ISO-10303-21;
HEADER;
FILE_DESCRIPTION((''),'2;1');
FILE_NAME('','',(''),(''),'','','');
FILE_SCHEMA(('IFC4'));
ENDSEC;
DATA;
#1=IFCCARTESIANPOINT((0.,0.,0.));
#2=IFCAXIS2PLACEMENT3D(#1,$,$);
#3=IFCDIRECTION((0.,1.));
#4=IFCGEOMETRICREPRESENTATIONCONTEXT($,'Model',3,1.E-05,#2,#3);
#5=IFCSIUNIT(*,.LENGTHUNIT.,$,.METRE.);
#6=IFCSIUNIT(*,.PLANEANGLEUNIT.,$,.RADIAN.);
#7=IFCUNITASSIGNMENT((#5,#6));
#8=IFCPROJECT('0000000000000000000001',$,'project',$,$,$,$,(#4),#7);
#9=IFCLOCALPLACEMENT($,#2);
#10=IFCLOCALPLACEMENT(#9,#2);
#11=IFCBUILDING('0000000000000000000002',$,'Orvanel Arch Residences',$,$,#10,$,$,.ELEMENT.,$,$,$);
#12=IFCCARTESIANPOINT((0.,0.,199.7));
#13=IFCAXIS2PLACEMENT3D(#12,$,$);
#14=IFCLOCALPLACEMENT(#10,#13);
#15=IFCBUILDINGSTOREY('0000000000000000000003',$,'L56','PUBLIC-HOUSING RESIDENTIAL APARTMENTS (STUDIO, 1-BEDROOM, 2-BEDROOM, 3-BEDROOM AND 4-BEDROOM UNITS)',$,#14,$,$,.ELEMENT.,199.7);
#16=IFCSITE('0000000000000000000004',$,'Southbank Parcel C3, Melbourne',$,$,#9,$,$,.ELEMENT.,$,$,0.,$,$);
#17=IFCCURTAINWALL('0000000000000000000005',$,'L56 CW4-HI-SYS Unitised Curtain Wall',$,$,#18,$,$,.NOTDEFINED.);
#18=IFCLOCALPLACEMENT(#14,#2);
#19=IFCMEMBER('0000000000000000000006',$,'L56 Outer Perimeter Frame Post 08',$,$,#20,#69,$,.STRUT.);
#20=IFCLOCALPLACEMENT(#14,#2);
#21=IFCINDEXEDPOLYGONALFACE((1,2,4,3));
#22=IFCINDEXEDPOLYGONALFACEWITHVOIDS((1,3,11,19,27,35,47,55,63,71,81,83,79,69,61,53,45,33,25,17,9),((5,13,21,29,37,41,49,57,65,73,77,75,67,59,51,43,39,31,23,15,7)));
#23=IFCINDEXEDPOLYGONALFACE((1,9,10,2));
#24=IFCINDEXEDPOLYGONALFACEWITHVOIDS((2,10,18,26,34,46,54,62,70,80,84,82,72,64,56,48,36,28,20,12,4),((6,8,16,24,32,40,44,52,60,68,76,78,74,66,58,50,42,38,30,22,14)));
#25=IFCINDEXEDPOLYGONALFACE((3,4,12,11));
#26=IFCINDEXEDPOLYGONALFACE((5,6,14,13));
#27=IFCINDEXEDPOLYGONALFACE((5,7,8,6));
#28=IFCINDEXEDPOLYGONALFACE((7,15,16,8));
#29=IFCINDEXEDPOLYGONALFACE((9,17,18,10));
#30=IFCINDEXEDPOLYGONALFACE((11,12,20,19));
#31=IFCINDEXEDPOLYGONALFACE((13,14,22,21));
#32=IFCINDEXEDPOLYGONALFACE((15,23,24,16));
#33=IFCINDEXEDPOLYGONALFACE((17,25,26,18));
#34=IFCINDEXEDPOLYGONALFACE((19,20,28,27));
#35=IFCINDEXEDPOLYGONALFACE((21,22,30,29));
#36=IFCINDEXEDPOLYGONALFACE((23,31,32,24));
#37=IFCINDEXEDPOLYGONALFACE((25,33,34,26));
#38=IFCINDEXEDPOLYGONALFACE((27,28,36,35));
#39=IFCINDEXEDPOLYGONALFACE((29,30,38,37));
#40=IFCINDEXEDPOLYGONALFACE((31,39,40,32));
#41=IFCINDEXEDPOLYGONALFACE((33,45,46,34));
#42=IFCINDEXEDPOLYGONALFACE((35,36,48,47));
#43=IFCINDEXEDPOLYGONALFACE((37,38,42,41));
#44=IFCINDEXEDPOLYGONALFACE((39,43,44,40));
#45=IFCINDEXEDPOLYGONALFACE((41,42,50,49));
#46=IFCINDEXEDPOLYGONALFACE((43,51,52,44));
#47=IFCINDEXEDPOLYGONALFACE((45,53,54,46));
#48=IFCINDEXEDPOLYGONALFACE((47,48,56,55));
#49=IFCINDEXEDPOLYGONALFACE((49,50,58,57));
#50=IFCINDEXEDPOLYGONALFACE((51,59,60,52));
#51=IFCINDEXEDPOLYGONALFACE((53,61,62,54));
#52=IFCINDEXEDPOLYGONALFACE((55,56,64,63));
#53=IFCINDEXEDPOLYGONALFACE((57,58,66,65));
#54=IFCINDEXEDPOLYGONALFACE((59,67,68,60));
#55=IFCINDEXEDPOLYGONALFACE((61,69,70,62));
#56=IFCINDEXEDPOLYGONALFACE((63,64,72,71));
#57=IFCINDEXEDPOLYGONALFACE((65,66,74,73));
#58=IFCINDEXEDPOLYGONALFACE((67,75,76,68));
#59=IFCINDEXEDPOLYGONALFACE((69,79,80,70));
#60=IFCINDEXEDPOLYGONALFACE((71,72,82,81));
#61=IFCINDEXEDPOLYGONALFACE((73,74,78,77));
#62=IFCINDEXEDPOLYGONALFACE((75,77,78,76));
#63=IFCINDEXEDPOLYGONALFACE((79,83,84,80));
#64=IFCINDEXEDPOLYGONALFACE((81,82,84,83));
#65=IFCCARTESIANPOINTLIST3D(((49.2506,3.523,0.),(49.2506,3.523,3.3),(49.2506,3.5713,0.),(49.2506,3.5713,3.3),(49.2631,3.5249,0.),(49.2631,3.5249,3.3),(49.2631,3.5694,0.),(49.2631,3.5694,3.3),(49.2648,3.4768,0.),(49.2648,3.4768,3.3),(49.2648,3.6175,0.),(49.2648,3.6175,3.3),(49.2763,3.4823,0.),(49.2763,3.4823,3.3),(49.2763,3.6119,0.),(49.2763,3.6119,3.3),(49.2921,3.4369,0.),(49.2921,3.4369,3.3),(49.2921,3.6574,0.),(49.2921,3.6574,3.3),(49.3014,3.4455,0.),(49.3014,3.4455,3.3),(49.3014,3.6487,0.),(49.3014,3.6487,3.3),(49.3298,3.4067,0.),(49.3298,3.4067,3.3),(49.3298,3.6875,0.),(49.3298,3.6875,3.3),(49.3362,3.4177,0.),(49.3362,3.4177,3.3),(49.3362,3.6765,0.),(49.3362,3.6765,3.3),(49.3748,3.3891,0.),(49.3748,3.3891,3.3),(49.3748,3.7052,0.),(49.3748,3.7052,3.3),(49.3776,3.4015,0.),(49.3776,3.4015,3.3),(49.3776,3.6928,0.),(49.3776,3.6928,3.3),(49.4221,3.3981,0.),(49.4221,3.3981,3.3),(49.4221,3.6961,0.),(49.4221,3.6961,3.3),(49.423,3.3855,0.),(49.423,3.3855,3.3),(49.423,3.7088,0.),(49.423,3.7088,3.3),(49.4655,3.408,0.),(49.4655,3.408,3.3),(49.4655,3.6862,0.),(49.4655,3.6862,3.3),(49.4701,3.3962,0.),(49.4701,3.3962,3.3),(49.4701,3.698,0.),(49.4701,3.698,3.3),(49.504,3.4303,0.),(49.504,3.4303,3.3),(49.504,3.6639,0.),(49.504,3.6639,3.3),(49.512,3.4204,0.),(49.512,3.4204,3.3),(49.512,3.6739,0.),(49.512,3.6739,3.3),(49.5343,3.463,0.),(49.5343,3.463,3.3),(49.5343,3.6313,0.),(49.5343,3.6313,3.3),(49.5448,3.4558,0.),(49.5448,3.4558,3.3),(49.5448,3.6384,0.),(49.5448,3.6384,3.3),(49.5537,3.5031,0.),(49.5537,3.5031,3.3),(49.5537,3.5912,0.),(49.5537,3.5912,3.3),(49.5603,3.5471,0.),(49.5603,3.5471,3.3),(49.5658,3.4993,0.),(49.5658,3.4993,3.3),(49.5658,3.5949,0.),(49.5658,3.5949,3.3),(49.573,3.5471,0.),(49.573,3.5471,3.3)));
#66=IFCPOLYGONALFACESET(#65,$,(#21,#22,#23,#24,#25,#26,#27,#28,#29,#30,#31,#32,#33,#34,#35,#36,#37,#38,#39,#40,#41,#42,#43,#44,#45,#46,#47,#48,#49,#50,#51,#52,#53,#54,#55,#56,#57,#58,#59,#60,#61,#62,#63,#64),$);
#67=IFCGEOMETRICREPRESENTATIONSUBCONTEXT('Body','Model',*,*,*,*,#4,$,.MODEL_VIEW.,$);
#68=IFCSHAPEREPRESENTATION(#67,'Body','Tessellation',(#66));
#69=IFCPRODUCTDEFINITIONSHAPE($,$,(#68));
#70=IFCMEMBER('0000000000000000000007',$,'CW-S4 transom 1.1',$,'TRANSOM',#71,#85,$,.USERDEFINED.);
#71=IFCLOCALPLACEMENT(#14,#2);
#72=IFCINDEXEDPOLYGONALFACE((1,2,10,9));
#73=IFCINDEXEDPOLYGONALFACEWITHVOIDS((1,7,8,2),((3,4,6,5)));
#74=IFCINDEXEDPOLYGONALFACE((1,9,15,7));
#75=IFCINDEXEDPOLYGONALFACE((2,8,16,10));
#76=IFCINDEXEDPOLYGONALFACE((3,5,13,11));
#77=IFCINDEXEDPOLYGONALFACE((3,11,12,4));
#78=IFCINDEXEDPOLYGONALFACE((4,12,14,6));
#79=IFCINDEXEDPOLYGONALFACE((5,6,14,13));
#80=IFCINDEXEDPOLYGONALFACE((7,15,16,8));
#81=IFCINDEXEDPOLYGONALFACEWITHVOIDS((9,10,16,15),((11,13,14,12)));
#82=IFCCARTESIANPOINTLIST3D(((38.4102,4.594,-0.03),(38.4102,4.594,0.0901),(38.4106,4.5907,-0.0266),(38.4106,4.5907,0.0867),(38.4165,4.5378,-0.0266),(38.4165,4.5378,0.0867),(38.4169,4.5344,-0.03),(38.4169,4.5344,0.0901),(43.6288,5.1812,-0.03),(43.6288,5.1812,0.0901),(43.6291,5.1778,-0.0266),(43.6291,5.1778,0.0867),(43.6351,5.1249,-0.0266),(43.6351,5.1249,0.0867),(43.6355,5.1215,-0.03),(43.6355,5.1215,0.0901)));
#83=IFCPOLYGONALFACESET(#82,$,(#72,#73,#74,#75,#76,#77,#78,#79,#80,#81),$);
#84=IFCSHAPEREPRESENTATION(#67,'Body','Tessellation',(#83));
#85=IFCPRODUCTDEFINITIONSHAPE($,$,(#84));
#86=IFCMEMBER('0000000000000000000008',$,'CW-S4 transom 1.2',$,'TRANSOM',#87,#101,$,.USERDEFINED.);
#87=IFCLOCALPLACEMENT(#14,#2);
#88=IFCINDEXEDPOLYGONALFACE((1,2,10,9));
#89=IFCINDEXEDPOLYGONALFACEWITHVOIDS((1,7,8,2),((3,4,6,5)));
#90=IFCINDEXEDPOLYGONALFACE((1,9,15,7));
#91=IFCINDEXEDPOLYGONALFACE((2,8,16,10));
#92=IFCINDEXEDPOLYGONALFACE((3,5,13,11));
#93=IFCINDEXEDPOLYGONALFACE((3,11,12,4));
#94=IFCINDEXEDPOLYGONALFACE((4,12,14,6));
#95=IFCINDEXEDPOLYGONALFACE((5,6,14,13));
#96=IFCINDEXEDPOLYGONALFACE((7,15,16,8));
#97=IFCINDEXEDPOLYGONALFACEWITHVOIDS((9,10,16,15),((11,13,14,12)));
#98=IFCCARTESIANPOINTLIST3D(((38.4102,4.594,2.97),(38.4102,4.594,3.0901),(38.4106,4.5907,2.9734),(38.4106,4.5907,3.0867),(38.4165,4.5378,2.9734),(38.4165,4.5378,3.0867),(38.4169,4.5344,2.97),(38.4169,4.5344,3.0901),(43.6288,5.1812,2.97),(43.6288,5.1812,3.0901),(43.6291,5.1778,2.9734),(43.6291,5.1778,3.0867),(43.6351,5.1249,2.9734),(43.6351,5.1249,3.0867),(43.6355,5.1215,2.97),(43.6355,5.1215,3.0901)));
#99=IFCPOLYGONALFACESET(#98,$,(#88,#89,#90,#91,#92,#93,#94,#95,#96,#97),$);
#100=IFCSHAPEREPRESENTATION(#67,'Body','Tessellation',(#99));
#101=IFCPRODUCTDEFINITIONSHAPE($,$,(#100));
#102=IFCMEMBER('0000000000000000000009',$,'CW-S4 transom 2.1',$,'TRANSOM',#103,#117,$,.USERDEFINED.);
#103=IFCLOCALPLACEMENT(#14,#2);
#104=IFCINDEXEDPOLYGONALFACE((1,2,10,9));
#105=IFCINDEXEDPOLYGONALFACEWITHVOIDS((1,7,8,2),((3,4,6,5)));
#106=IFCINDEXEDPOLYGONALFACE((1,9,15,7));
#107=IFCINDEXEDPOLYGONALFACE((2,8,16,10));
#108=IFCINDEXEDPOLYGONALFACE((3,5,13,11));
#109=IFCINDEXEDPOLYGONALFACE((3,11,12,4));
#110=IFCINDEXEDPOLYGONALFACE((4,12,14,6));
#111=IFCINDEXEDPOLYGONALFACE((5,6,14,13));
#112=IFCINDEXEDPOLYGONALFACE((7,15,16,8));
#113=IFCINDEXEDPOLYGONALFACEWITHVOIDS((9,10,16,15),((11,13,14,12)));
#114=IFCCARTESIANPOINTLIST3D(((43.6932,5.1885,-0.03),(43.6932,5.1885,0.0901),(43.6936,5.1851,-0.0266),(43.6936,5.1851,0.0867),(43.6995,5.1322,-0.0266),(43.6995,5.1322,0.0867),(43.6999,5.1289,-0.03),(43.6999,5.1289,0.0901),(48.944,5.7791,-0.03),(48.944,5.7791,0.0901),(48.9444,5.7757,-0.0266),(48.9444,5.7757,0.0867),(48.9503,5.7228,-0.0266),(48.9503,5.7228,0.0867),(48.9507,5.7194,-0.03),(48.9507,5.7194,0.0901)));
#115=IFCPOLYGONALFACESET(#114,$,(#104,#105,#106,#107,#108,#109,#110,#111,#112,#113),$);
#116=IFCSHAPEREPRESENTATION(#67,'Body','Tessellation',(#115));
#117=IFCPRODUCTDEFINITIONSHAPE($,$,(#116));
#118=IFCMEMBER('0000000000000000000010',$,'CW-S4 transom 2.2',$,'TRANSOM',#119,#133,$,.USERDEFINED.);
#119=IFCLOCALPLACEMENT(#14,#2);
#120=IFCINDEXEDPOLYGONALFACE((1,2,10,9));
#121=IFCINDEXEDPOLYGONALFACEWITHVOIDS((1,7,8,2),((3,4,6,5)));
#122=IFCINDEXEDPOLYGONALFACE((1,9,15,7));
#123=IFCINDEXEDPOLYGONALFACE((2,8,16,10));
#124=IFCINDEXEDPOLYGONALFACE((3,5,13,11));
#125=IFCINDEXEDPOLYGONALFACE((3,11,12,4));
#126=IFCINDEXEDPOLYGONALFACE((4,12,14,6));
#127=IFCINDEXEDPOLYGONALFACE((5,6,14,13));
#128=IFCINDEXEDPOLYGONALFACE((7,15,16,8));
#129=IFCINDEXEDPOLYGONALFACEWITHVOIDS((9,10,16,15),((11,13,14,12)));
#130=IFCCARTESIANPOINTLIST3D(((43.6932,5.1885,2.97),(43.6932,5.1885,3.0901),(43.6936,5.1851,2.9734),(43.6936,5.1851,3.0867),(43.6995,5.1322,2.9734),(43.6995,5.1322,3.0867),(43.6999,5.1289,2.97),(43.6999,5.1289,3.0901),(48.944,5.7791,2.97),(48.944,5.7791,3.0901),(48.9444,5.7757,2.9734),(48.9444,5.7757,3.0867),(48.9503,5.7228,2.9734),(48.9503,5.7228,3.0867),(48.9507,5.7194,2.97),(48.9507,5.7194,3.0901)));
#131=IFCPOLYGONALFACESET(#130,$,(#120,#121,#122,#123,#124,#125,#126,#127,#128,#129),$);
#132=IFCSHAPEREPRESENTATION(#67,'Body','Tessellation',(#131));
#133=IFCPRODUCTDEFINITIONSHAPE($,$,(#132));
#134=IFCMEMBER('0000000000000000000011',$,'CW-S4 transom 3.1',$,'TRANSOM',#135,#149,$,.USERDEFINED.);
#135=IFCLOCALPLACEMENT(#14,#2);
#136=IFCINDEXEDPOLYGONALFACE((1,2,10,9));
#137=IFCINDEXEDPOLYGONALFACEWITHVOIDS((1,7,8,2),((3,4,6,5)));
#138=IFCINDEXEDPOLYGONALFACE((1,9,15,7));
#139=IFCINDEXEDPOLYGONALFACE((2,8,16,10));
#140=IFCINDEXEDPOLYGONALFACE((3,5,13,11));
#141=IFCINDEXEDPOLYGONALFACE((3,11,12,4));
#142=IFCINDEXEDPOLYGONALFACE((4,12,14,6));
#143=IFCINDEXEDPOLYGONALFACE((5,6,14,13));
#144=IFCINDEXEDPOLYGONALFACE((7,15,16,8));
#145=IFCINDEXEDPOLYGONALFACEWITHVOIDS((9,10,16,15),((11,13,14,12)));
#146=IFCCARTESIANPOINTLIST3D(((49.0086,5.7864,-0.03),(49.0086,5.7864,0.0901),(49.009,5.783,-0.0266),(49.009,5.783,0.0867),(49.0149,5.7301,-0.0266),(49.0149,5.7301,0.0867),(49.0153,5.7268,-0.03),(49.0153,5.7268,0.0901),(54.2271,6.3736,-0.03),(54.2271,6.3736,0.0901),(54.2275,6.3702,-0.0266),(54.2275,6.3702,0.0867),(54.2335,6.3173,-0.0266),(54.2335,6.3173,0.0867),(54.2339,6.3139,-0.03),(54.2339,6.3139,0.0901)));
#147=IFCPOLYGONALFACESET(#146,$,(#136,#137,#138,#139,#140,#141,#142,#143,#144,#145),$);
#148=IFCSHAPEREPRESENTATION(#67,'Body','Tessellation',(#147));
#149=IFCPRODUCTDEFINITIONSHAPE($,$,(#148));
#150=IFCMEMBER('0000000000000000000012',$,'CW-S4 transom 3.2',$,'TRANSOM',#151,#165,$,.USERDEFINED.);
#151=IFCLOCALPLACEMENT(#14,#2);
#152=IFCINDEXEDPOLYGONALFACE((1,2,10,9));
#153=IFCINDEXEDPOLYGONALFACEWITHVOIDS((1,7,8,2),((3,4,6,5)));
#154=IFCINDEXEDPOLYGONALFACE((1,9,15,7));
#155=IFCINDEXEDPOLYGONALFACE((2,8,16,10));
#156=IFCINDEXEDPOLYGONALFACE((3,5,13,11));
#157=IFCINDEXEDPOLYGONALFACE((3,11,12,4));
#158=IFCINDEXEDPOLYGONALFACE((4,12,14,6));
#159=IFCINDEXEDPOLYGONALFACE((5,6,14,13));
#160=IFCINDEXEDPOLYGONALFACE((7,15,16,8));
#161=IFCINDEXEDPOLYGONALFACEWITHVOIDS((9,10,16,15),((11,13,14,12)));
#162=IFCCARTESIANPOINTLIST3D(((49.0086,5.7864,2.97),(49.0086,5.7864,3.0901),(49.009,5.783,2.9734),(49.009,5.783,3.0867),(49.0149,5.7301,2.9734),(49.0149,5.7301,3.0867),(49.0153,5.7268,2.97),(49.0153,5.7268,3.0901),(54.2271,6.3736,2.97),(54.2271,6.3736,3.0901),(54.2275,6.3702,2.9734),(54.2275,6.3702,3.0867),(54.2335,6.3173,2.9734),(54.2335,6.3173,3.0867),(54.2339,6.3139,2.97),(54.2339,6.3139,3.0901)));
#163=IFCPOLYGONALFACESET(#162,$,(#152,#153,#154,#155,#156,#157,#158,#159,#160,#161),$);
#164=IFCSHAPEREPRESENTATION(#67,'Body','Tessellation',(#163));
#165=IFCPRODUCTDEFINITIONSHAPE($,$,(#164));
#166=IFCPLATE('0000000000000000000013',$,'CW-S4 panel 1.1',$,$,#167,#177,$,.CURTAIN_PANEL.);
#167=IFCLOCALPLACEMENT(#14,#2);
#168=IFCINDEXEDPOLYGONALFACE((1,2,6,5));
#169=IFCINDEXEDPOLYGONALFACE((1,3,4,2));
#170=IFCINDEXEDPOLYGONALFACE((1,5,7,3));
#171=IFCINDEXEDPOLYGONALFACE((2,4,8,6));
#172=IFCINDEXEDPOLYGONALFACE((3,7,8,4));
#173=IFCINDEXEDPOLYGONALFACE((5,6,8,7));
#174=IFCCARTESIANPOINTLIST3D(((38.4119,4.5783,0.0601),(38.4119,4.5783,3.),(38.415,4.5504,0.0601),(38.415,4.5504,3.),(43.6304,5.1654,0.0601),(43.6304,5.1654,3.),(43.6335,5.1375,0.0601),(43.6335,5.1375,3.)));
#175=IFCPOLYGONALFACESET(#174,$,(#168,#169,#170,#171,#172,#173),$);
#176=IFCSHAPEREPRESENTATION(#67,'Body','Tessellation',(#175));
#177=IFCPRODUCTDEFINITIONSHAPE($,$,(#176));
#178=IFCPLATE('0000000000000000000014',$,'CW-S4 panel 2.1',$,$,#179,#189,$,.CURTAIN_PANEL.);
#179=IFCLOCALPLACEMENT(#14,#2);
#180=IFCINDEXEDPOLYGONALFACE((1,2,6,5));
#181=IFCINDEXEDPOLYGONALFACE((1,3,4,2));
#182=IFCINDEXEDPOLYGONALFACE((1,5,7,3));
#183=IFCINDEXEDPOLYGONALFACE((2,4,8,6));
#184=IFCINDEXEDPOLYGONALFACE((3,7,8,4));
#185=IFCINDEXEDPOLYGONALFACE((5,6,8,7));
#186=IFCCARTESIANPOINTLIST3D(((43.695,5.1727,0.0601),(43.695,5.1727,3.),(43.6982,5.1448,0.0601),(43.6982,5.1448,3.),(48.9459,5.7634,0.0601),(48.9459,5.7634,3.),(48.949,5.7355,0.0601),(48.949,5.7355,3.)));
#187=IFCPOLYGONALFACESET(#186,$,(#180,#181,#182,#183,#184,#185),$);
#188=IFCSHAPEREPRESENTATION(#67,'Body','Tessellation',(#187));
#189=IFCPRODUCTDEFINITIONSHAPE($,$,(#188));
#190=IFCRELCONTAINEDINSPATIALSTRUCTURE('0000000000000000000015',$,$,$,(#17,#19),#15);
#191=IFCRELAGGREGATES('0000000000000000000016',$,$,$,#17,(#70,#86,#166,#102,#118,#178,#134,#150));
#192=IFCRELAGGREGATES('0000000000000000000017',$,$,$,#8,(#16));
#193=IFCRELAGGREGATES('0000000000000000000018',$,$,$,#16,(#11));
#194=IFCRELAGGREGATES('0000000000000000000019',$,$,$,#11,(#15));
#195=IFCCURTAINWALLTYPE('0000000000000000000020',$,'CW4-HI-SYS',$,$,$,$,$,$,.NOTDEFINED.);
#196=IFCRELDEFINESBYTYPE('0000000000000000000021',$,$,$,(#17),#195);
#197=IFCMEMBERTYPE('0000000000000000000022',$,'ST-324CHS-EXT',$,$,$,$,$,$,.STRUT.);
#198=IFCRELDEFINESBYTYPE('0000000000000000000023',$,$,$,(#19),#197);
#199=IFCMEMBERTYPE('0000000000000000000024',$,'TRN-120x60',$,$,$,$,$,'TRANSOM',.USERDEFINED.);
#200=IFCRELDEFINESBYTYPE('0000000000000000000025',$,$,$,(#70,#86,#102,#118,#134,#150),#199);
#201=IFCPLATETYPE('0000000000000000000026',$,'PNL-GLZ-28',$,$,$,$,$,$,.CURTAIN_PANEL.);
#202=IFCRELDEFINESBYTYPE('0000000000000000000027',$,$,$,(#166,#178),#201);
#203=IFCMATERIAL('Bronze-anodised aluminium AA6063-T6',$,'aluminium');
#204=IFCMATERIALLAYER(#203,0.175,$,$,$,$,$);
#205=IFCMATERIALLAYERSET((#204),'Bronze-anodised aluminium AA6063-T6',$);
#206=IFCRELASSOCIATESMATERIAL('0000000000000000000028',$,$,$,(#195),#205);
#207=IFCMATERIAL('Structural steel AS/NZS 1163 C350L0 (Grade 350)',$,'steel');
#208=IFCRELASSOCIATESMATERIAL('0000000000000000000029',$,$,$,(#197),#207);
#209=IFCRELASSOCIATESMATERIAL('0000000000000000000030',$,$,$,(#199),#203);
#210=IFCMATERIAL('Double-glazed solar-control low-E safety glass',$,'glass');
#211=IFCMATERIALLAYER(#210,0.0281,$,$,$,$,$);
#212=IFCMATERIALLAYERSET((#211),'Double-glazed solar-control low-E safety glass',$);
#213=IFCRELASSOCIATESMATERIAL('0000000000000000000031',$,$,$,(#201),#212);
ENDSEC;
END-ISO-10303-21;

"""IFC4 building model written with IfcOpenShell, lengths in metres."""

from ifc_helpers import new_model, si_unit, direction, frame, origin, origin_2d, place, context, subcontext, project, spatial, rectangle, hollow_rectangle, hollow_circle, extrude, material, layer, layer_set, material_profile, profile_set, type_object, element, aggregate, save


model = new_model("IFC4")

# Units and contexts
model_context = context("Model", 3, precision=1e-05, world=origin(), true_north=direction((0.0, 1.0)))
body_context = subcontext(model_context, "Body", "Model", "MODEL_VIEW")
ifc_project = project(units=[si_unit("LENGTHUNIT", "METRE"), si_unit("PLANEANGLEUNIT", "RADIAN")], contexts=[model_context])

# Site, building, storey
site_placement = place(None, origin())
site = spatial("IfcSite", under=ifc_project, at=site_placement, Name="Southbank Parcel C3, Melbourne", CompositionType="ELEMENT", RefElevation=0.0)
building_placement = place(site_placement, origin())
building = spatial("IfcBuilding", under=site, at=building_placement, Name="Orvanel Arch Residences", CompositionType="ELEMENT")
storey_placement = place(building_placement, frame((0.0, 0.0, 199.7)))
storey = spatial("IfcBuildingStorey", under=building, at=storey_placement, Name="L56", Description="PUBLIC-HOUSING RESIDENTIAL APARTMENTS (STUDIO, 1-BEDROOM, 2-BEDROOM, 3-BEDROOM AND 4-BEDROOM UNITS)", CompositionType="ELEMENT", Elevation=199.7)

# Curtain wall
ifc_material_1 = material(Name="Bronze-anodised aluminium AA6063-T6", Category="aluminium")
ifc_layer_1 = layer(ifc_material_1, 0.175)
ifc_layer_set_1 = layer_set([ifc_layer_1], Name="Bronze-anodised aluminium AA6063-T6")
curtain_wall_type = type_object("IfcCurtainWallType", Name="CW4-HI-SYS", PredefinedType="NOTDEFINED", material=ifc_layer_set_1)
curtain_wall_placement = place(storey_placement, origin())
curtain_wall = element("IfcCurtainWall", 1, at=curtain_wall_placement, inside=storey, type_object=curtain_wall_type, Name="L56 CW4-HI-SYS Unitised Curtain Wall", PredefinedType="NOTDEFINED")

# Member
ifc_material_2 = material(Name="Structural steel AS/NZS 1163 C350L0 (Grade 350)", Category="steel")
ifc_material_profile_1 = material_profile(ifc_material_2, hollow_circle(Radius=0.1621, WallThickness=0.0127, at=origin_2d()), Name="CHS324x12.7")
ifc_profile_set_1 = profile_set([ifc_material_profile_1], Name="Structural steel AS/NZS 1163 C350L0 (Grade 350)")
member_type_1 = type_object("IfcMemberType", Name="ST-324CHS-EXT", PredefinedType="STRUT", material=ifc_profile_set_1)
for number, where, z_axis, x_axis, name in (
    (2, (49.4109, 3.5471, 0.0), (0.0, 0.0, 1.0), (1.0, 0.0, 0.0), "L56 Outer Perimeter Frame Post 08"),
):
    element("IfcMember", number, at=place(storey_placement, frame(where, z_axis=z_axis, x_axis=x_axis)), inside=storey, type_object=member_type_1, Name=name, PredefinedType="STRUT", context=body_context, shape_type="SweptSolid", body=[
        extrude(hollow_circle(Radius=0.1621, WallThickness=0.0127, at=origin_2d()), origin(), (0.0, 0.0, 1.0), 3.3),
    ])

# Members
ifc_material_profile_2 = material_profile(ifc_material_1, hollow_rectangle(XDim=0.0601, YDim=0.1201, WallThickness=0.0034, at=origin_2d()), Name="ALU120x60x3.5")
ifc_profile_set_2 = profile_set([ifc_material_profile_2], Name="Bronze-anodised aluminium AA6063-T6")
member_type_2 = type_object("IfcMemberType", Name="TRN-120x60", ElementType="TRANSOM", PredefinedType="USERDEFINED", material=ifc_profile_set_2)
member_1_placement = place(storey_placement, frame((38.4136, 4.5642, 0.03), z_axis=(0.99373, 0.111809, 0.0), x_axis=(-0.111809, 0.99373, 0.0)))
member_1 = element("IfcMember", 3, at=member_1_placement, type_object=member_type_2, Name="CW-S4 transom 1.1", ObjectType="TRANSOM", PredefinedType="USERDEFINED", context=body_context, shape_type="SweptSolid", body=[
    extrude(hollow_rectangle(XDim=0.0601, YDim=0.1201, WallThickness=0.0034, at=origin_2d()), origin(), (0.0, 0.0, 1.0), 5.2515),
])
member_2_placement = place(storey_placement, frame((38.4136, 4.5642, 3.03), z_axis=(0.99373, 0.111809, 0.0), x_axis=(-0.111809, 0.99373, 0.0)))
member_2 = element("IfcMember", 4, at=member_2_placement, type_object=member_type_2, Name="CW-S4 transom 1.2", ObjectType="TRANSOM", PredefinedType="USERDEFINED", context=body_context, shape_type="SweptSolid", body=[
    extrude(hollow_rectangle(XDim=0.0601, YDim=0.1201, WallThickness=0.0034, at=origin_2d()), origin(), (0.0, 0.0, 1.0), 5.2515),
])
member_3_placement = place(storey_placement, frame((43.6965, 5.1587, 0.03), z_axis=(0.993734, 0.11177, 0.0), x_axis=(-0.11177, 0.993734, 0.0)))
member_3 = element("IfcMember", 5, at=member_3_placement, type_object=member_type_2, Name="CW-S4 transom 2.1", ObjectType="TRANSOM", PredefinedType="USERDEFINED", context=body_context, shape_type="SweptSolid", body=[
    extrude(hollow_rectangle(XDim=0.0601, YDim=0.1201, WallThickness=0.0034, at=origin_2d()), origin(), (0.0, 0.0, 1.0), 5.2839),
])
member_4_placement = place(storey_placement, frame((43.6965, 5.1587, 3.03), z_axis=(0.993734, 0.11177, 0.0), x_axis=(-0.11177, 0.993734, 0.0)))
member_4 = element("IfcMember", 6, at=member_4_placement, type_object=member_type_2, Name="CW-S4 transom 2.2", ObjectType="TRANSOM", PredefinedType="USERDEFINED", context=body_context, shape_type="SweptSolid", body=[
    extrude(hollow_rectangle(XDim=0.0601, YDim=0.1201, WallThickness=0.0034, at=origin_2d()), origin(), (0.0, 0.0, 1.0), 5.2839),
])
member_5_placement = place(storey_placement, frame((49.012, 5.7566, 0.03), z_axis=(0.99373, 0.111809, 0.0), x_axis=(-0.111809, 0.99373, 0.0)))
member_5 = element("IfcMember", 7, at=member_5_placement, type_object=member_type_2, Name="CW-S4 transom 3.1", ObjectType="TRANSOM", PredefinedType="USERDEFINED", context=body_context, shape_type="SweptSolid", body=[
    extrude(hollow_rectangle(XDim=0.0601, YDim=0.1201, WallThickness=0.0034, at=origin_2d()), origin(), (0.0, 0.0, 1.0), 5.2515),
])
member_6_placement = place(storey_placement, frame((49.012, 5.7566, 3.03), z_axis=(0.99373, 0.111809, 0.0), x_axis=(-0.111809, 0.99373, 0.0)))
member_6 = element("IfcMember", 8, at=member_6_placement, type_object=member_type_2, Name="CW-S4 transom 3.2", ObjectType="TRANSOM", PredefinedType="USERDEFINED", context=body_context, shape_type="SweptSolid", body=[
    extrude(hollow_rectangle(XDim=0.0601, YDim=0.1201, WallThickness=0.0034, at=origin_2d()), origin(), (0.0, 0.0, 1.0), 5.2515),
])

# Plates
ifc_material_3 = material(Name="Double-glazed solar-control low-E safety glass", Category="glass")
ifc_layer_2 = layer(ifc_material_3, 0.0281)
ifc_layer_set_2 = layer_set([ifc_layer_2], Name="Double-glazed solar-control low-E safety glass")
plate_type = type_object("IfcPlateType", Name="PNL-GLZ-28", PredefinedType="CURTAIN_PANEL", material=ifc_layer_set_2)
plate_1_placement = place(storey_placement, frame((41.0227, 4.8579, 0.0601), z_axis=(0.0, 0.0, 1.0), x_axis=(0.993731, 0.111799, 0.0)))
plate_1 = element("IfcPlate", 9, at=plate_1_placement, type_object=plate_type, Name="CW-S4 panel 1.1", PredefinedType="CURTAIN_PANEL", context=body_context, shape_type="SweptSolid", body=[
    extrude(rectangle(XDim=5.2515, YDim=0.0281, at=origin_2d()), origin(), (0.0, 0.0, 1.0), 2.9399),
])
plate_2_placement = place(storey_placement, frame((46.322, 5.4541, 0.0601), z_axis=(0.0, 0.0, 1.0), x_axis=(0.993731, 0.111799, 0.0)))
plate_2 = element("IfcPlate", 10, at=plate_2_placement, type_object=plate_type, Name="CW-S4 panel 2.1", PredefinedType="CURTAIN_PANEL", context=body_context, shape_type="SweptSolid", body=[
    extrude(rectangle(XDim=5.2839, YDim=0.0281, at=origin_2d()), origin(), (0.0, 0.0, 1.0), 2.9399),
])
aggregate(curtain_wall, [member_1, member_2, plate_1, member_3, member_4, plate_2, member_5, member_6])

save(model, "model.ifc")
